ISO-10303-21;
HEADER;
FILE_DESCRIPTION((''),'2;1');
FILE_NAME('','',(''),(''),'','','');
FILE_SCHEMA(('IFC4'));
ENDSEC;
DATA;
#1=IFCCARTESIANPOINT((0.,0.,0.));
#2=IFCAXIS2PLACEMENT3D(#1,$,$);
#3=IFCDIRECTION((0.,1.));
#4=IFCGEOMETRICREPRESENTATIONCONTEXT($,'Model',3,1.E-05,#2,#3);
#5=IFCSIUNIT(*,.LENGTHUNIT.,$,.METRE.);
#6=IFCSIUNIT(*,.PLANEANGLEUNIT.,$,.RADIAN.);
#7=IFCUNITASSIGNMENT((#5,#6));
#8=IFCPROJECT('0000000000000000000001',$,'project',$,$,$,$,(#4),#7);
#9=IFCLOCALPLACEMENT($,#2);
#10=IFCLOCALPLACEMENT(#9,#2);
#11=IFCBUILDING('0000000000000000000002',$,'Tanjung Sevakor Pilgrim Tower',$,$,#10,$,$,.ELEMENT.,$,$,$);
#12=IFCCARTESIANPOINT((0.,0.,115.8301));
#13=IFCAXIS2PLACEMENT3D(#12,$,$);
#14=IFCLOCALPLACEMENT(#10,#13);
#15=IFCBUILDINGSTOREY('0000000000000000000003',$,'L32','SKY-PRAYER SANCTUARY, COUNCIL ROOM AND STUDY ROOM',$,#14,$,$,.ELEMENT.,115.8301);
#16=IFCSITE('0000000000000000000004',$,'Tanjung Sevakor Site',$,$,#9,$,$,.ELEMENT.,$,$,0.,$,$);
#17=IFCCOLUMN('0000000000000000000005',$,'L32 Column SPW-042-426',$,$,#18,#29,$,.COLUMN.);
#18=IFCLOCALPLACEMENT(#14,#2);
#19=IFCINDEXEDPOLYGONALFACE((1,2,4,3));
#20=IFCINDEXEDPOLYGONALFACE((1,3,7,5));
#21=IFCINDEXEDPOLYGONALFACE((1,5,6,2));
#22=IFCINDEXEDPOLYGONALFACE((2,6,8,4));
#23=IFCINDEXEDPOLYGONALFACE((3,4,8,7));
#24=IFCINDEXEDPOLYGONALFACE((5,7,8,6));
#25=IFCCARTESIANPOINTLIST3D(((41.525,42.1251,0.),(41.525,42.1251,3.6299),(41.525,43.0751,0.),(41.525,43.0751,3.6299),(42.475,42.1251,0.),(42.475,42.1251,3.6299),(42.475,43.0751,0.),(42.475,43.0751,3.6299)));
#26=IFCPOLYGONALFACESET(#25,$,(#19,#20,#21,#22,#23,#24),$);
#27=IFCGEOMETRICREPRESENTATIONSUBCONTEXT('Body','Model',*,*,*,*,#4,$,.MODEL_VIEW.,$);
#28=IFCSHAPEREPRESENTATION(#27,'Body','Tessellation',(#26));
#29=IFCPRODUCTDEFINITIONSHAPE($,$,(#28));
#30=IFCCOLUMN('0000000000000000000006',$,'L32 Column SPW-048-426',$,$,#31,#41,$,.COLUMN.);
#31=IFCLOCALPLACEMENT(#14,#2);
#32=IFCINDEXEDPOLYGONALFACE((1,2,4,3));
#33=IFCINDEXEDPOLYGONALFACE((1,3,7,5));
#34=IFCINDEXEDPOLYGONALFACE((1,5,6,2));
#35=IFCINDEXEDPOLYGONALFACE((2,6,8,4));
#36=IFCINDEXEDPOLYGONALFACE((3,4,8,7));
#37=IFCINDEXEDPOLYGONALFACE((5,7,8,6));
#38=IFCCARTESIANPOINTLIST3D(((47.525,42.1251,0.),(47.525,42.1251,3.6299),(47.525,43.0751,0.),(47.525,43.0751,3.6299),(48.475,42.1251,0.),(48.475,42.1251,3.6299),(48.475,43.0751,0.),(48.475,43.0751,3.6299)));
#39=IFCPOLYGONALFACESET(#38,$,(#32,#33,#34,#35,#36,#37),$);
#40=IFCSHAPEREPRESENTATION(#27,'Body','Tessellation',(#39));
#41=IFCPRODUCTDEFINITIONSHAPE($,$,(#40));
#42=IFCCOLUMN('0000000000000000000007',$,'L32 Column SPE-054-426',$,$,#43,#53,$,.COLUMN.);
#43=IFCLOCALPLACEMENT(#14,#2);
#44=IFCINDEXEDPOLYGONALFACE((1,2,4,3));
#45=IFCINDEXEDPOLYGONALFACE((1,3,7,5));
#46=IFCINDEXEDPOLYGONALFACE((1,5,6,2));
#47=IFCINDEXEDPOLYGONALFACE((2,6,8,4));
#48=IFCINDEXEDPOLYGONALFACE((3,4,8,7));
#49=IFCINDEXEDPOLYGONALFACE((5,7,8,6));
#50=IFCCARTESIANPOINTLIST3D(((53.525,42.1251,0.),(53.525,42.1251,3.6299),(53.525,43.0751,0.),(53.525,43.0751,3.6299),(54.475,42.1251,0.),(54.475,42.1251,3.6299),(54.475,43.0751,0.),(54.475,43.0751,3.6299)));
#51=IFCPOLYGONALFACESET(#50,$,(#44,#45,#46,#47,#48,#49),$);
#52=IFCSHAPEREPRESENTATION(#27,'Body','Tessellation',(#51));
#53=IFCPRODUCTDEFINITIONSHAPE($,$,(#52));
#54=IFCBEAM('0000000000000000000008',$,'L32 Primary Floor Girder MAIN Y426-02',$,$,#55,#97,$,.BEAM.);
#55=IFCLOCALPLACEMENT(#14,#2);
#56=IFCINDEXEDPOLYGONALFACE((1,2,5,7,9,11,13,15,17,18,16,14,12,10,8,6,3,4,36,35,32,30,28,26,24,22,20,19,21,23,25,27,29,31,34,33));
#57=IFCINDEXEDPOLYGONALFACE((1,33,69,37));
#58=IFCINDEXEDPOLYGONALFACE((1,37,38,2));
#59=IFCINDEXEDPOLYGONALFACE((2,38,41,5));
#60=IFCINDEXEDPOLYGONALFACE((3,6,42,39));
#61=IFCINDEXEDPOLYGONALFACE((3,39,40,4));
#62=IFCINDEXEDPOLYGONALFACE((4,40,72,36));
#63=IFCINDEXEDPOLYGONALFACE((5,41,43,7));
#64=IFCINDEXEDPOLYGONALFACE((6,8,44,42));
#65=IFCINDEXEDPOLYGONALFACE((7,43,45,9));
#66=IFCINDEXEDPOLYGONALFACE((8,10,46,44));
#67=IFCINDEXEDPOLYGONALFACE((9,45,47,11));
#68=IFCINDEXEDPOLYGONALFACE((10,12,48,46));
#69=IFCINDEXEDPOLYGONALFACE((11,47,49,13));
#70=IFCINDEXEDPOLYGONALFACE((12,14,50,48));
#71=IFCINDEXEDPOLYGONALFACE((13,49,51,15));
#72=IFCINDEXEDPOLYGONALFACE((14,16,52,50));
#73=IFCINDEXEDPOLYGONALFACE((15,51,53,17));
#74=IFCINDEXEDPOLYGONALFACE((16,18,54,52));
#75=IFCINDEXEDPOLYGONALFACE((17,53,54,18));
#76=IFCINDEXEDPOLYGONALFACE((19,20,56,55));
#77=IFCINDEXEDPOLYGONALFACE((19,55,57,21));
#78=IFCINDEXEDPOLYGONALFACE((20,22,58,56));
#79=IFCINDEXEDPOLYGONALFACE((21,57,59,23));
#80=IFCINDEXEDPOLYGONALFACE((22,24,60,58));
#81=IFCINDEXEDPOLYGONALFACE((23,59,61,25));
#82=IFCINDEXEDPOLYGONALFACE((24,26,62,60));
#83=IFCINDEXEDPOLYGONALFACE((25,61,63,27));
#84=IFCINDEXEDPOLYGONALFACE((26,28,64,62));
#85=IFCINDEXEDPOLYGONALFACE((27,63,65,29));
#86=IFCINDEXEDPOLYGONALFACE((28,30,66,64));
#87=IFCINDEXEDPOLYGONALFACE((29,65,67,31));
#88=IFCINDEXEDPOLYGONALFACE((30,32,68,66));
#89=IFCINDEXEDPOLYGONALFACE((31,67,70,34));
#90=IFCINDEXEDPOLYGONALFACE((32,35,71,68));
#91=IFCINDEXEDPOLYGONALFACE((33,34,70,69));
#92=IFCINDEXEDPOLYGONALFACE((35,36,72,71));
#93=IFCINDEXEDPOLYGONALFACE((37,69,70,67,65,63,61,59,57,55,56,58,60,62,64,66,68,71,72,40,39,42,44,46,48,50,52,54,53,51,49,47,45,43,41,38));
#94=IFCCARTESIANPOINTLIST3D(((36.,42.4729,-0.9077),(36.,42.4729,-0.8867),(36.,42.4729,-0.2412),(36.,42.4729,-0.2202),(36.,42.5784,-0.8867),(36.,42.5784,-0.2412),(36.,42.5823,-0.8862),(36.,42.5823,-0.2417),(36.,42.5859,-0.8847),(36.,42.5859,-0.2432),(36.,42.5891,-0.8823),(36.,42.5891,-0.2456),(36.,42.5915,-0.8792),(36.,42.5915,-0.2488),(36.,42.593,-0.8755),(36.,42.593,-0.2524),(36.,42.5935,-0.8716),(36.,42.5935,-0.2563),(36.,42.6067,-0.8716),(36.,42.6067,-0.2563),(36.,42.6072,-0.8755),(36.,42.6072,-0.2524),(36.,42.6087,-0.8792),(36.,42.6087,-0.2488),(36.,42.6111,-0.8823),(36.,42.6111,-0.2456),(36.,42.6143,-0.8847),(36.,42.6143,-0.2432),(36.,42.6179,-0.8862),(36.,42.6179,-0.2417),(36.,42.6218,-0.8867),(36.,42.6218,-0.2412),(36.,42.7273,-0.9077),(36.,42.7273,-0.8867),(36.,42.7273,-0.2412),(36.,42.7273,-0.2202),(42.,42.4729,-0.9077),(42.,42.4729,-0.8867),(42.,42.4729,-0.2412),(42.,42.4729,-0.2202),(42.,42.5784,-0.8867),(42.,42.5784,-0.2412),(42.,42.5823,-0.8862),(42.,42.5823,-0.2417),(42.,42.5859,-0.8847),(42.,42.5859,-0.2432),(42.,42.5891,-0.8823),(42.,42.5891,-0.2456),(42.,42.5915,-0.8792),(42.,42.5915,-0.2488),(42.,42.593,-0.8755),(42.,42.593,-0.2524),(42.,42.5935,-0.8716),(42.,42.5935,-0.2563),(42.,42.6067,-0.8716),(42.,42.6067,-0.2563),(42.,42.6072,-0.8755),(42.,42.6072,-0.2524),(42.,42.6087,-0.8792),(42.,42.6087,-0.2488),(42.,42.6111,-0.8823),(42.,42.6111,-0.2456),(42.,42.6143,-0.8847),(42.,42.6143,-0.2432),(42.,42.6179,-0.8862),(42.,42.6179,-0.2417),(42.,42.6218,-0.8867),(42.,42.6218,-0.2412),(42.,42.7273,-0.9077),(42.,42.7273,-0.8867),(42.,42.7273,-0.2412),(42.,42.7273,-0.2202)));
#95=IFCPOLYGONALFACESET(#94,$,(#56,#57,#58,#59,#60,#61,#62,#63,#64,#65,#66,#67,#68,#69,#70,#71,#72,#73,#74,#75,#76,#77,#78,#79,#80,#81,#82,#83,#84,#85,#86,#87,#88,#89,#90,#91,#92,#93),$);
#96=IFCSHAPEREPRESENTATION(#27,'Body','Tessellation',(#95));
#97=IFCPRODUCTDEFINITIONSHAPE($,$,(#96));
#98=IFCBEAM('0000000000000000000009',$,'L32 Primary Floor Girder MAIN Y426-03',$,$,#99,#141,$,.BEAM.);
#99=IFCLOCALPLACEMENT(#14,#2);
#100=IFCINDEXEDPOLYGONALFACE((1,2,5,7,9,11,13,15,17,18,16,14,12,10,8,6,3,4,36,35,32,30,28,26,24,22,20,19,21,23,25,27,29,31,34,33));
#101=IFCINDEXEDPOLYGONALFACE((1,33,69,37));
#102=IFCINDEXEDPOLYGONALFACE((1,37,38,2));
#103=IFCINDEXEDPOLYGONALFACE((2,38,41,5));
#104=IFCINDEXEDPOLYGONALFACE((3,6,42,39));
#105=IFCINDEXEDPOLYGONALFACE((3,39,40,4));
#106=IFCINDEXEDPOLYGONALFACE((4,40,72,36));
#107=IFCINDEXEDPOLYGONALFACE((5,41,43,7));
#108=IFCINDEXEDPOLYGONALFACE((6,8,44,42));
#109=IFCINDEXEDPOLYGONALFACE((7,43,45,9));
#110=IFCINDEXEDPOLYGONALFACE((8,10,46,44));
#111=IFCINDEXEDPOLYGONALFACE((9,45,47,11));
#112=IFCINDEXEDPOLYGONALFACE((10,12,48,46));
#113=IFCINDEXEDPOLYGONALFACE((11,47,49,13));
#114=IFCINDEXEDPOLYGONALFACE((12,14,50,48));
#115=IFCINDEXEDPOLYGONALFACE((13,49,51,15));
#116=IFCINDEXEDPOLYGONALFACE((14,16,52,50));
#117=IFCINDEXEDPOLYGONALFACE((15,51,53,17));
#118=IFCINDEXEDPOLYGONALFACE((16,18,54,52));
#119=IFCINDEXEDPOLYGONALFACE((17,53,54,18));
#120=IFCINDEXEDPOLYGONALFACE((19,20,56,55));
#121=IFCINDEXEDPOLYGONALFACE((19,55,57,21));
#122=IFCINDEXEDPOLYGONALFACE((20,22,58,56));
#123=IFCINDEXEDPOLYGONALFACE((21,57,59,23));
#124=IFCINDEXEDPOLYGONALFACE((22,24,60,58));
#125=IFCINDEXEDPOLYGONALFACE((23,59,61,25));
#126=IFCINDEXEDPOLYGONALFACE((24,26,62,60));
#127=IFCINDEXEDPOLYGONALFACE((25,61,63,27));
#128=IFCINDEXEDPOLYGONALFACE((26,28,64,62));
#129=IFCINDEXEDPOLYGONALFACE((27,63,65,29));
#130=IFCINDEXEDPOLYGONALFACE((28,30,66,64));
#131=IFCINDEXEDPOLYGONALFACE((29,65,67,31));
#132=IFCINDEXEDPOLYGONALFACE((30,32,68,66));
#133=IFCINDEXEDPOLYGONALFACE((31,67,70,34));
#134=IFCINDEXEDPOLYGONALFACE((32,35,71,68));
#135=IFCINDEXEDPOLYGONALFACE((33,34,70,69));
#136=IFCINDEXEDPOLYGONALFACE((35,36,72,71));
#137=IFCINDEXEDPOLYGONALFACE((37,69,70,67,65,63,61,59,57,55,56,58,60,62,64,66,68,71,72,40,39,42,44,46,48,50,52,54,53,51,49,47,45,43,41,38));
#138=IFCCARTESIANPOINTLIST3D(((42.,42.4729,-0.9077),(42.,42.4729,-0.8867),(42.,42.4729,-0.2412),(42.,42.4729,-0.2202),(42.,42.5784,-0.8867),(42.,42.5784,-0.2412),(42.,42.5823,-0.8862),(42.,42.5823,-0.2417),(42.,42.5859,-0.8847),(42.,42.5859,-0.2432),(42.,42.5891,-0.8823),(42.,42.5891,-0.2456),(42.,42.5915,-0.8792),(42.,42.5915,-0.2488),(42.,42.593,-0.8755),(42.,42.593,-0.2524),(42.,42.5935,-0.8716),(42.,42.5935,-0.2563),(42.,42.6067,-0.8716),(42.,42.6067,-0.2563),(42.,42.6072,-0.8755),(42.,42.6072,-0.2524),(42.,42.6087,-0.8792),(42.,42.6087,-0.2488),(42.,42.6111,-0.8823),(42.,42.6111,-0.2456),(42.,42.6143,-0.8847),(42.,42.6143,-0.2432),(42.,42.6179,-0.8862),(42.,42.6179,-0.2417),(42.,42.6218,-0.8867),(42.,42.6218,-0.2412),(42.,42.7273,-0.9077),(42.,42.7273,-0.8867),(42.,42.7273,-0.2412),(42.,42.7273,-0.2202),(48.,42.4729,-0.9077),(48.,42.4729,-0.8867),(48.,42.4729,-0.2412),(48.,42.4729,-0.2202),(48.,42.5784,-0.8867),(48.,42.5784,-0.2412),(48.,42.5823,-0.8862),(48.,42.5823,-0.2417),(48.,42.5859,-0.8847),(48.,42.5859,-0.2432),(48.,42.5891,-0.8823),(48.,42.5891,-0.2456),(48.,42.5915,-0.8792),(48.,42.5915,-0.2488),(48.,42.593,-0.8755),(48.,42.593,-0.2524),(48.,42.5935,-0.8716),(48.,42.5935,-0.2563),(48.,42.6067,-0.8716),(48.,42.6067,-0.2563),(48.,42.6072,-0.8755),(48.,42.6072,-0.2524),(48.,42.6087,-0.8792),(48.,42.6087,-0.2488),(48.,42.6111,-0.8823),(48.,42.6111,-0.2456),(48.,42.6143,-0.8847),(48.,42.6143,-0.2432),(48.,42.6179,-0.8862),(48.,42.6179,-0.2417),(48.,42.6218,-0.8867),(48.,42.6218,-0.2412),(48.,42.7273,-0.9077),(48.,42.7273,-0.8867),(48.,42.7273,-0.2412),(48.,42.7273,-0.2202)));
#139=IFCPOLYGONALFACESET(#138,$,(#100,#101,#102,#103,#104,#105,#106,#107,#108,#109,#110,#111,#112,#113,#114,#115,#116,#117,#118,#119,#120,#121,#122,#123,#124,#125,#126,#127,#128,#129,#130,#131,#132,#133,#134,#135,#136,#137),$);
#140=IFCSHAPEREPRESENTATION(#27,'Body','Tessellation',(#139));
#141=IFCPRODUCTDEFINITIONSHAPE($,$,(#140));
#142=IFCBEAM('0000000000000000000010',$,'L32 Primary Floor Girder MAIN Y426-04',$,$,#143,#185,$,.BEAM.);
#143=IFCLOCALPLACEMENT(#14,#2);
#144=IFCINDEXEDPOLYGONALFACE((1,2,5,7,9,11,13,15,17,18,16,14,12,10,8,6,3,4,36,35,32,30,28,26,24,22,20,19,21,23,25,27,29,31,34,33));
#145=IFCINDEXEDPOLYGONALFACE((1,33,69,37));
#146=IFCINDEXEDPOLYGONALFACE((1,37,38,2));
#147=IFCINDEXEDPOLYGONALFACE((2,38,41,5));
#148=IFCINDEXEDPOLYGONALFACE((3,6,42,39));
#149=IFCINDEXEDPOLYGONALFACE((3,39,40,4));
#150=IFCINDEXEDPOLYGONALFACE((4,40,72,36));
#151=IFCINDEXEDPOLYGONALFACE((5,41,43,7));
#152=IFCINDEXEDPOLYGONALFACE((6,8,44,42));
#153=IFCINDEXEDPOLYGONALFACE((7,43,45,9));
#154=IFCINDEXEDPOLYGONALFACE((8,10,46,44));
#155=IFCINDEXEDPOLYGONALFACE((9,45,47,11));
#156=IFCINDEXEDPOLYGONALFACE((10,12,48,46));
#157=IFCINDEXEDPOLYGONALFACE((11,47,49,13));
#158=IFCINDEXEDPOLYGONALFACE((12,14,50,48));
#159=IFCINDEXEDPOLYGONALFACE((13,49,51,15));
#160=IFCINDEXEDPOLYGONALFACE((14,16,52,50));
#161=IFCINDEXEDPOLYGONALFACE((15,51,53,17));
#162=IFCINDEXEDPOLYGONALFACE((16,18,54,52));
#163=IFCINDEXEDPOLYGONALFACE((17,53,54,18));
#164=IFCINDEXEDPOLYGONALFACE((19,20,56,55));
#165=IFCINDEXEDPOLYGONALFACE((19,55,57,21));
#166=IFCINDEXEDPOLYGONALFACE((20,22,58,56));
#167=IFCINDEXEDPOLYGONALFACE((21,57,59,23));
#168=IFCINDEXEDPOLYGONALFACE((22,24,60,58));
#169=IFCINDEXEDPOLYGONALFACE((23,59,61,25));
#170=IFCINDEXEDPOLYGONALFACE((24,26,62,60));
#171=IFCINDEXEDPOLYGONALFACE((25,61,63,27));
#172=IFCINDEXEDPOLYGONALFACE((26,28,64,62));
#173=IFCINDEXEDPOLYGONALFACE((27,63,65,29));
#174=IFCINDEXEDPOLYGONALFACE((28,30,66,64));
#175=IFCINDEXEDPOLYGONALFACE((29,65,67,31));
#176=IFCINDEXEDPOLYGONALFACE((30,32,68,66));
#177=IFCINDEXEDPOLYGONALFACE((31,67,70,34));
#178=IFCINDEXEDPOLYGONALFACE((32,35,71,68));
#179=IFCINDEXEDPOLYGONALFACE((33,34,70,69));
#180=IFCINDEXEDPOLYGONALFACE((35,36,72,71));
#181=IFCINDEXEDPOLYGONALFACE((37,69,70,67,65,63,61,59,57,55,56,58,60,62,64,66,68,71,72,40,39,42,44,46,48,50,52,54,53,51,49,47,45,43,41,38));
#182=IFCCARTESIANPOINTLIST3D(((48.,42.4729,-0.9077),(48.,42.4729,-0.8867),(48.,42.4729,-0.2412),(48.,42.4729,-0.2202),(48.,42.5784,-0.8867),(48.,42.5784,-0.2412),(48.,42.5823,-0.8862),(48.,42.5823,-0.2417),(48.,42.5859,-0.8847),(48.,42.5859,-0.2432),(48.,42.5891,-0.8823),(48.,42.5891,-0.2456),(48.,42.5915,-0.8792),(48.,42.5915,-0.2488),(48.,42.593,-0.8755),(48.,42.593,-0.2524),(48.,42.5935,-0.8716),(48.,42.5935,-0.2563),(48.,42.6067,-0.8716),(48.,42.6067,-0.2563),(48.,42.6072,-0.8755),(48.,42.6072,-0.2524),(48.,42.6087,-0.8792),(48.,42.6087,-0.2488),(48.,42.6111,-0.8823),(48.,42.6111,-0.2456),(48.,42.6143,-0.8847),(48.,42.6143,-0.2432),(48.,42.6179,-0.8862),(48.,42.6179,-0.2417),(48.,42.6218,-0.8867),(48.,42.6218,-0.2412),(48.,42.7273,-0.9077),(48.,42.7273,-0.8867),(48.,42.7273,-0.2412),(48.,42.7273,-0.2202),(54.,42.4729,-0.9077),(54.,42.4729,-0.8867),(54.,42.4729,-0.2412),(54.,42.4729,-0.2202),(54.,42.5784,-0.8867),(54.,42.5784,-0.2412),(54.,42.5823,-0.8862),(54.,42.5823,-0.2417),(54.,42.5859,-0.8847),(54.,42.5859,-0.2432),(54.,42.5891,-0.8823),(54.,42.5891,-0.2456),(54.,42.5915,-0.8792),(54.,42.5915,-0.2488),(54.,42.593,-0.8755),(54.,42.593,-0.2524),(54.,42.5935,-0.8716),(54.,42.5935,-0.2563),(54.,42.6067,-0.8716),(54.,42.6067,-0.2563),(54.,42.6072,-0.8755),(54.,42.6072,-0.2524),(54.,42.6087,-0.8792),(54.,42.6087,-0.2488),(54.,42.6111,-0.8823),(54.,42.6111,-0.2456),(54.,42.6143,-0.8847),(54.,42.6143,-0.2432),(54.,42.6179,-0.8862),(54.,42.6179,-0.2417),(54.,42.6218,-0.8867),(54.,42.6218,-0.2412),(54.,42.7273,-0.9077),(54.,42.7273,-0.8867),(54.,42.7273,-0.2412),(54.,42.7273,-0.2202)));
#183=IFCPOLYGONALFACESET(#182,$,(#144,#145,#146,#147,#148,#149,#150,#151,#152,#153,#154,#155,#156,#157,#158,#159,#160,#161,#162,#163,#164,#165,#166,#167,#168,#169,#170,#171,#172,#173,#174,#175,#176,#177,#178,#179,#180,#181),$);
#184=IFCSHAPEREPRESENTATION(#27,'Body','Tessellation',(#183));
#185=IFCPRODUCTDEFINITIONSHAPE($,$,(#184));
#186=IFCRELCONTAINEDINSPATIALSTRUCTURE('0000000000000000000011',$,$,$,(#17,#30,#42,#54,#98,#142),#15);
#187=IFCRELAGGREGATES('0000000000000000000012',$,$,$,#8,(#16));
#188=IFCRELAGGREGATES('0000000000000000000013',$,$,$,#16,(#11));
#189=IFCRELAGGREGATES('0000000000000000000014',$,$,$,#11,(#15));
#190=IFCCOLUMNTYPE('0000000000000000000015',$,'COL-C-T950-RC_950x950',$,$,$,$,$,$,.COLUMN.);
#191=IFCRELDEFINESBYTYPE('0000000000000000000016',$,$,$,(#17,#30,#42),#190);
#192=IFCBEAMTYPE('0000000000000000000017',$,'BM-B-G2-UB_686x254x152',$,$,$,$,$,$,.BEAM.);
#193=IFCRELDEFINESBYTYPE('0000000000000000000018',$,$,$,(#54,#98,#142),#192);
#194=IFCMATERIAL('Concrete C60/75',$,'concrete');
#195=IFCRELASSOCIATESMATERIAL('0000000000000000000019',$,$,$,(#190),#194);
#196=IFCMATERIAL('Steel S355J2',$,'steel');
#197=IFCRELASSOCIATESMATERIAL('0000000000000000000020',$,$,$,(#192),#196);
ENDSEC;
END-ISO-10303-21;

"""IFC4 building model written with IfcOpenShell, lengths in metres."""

from ifc_helpers import new_model, si_unit, direction, frame, origin, origin_2d, place, context, subcontext, project, spatial, rectangle, i_section, extrude, material, material_profile, profile_set, type_object, element, save


model = new_model("IFC4")

# Units and contexts
model_context = context("Model", 3, precision=1e-05, world=origin(), true_north=direction((0.0, 1.0)))
body_context = subcontext(model_context, "Body", "Model", "MODEL_VIEW")
ifc_project = project(units=[si_unit("LENGTHUNIT", "METRE"), si_unit("PLANEANGLEUNIT", "RADIAN")], contexts=[model_context])

# Site, building, storey
site_placement = place(None, origin())
site = spatial("IfcSite", under=ifc_project, at=site_placement, Name="Tanjung Sevakor Site", CompositionType="ELEMENT", RefElevation=0.0)
building_placement = place(site_placement, origin())
building = spatial("IfcBuilding", under=site, at=building_placement, Name="Tanjung Sevakor Pilgrim Tower", CompositionType="ELEMENT")
storey_placement = place(building_placement, frame((0.0, 0.0, 115.8301)))
storey = spatial("IfcBuildingStorey", under=building, at=storey_placement, Name="L32", Description="SKY-PRAYER SANCTUARY, COUNCIL ROOM AND STUDY ROOM", CompositionType="ELEMENT", Elevation=115.8301)

# Columns
ifc_material_1 = material(Name="Concrete C60/75", Category="concrete")
ifc_material_profile_1 = material_profile(ifc_material_1, rectangle(XDim=0.95, YDim=0.95, at=origin_2d()))
ifc_profile_set_1 = profile_set([ifc_material_profile_1], Name="Concrete C60/75")
column_type = type_object("IfcColumnType", Name="COL-C-T950-RC_950x950", PredefinedType="COLUMN", material=ifc_profile_set_1)
for number, where, z_axis, x_axis, name in (
    (1, (42.0, 42.6001, 0.0), (0.0, 0.0, 1.0), (1.0, 0.0, 0.0), "L32 Column SPW-042-426"),
    (2, (48.0, 42.6001, 0.0), (0.0, 0.0, 1.0), (1.0, 0.0, 0.0), "L32 Column SPW-048-426"),
    (3, (54.0, 42.6001, 0.0), (0.0, 0.0, 1.0), (1.0, 0.0, 0.0), "L32 Column SPE-054-426"),
):
    element("IfcColumn", number, at=place(storey_placement, frame(where, z_axis=z_axis, x_axis=x_axis)), inside=storey, type_object=column_type, Name=name, PredefinedType="COLUMN", context=body_context, shape_type="SweptSolid", body=[
        extrude(rectangle(XDim=0.95, YDim=0.95, at=origin_2d()), origin(), (0.0, 0.0, 1.0), 3.6299),
    ])

# Beams
ifc_material_2 = material(Name="Steel S355J2", Category="steel")
ifc_material_profile_2 = material_profile(ifc_material_2, i_section(OverallWidth=0.2544, OverallDepth=0.6875, WebThickness=0.0132, FlangeThickness=0.021, FilletRadius=0.0151, at=origin_2d()))
ifc_profile_set_2 = profile_set([ifc_material_profile_2], Name="Steel S355J2")
beam_type_1 = type_object("IfcBeamType", Name="BM-B-G2-UB_686x254x152", PredefinedType="BEAM", material=ifc_profile_set_2)
for number, where, z_axis, x_axis, name in (
    (4, (36.0, 42.6001, -0.564), (1.0, 0.0, 0.0), (0.0, 1.0, 0.0), "L32 Primary Floor Girder MAIN Y426-02"),
    (5, (42.0, 42.6001, -0.564), (1.0, 0.0, 0.0), (0.0, 1.0, 0.0), "L32 Primary Floor Girder MAIN Y426-03"),
    (6, (48.0, 42.6001, -0.564), (1.0, 0.0, 0.0), (0.0, 1.0, 0.0), "L32 Primary Floor Girder MAIN Y426-04"),
):
    element("IfcBeam", number, at=place(storey_placement, frame(where, z_axis=z_axis, x_axis=x_axis)), inside=storey, type_object=beam_type_1, Name=name, PredefinedType="BEAM", context=body_context, shape_type="SweptSolid", body=[
        extrude(i_section(OverallWidth=0.2544, OverallDepth=0.6875, WebThickness=0.0132, FlangeThickness=0.021, FilletRadius=0.0151, at=origin_2d()), origin(), (0.0, 0.0, 1.0), 6.0),
    ])

save(model, "model.ifc")
